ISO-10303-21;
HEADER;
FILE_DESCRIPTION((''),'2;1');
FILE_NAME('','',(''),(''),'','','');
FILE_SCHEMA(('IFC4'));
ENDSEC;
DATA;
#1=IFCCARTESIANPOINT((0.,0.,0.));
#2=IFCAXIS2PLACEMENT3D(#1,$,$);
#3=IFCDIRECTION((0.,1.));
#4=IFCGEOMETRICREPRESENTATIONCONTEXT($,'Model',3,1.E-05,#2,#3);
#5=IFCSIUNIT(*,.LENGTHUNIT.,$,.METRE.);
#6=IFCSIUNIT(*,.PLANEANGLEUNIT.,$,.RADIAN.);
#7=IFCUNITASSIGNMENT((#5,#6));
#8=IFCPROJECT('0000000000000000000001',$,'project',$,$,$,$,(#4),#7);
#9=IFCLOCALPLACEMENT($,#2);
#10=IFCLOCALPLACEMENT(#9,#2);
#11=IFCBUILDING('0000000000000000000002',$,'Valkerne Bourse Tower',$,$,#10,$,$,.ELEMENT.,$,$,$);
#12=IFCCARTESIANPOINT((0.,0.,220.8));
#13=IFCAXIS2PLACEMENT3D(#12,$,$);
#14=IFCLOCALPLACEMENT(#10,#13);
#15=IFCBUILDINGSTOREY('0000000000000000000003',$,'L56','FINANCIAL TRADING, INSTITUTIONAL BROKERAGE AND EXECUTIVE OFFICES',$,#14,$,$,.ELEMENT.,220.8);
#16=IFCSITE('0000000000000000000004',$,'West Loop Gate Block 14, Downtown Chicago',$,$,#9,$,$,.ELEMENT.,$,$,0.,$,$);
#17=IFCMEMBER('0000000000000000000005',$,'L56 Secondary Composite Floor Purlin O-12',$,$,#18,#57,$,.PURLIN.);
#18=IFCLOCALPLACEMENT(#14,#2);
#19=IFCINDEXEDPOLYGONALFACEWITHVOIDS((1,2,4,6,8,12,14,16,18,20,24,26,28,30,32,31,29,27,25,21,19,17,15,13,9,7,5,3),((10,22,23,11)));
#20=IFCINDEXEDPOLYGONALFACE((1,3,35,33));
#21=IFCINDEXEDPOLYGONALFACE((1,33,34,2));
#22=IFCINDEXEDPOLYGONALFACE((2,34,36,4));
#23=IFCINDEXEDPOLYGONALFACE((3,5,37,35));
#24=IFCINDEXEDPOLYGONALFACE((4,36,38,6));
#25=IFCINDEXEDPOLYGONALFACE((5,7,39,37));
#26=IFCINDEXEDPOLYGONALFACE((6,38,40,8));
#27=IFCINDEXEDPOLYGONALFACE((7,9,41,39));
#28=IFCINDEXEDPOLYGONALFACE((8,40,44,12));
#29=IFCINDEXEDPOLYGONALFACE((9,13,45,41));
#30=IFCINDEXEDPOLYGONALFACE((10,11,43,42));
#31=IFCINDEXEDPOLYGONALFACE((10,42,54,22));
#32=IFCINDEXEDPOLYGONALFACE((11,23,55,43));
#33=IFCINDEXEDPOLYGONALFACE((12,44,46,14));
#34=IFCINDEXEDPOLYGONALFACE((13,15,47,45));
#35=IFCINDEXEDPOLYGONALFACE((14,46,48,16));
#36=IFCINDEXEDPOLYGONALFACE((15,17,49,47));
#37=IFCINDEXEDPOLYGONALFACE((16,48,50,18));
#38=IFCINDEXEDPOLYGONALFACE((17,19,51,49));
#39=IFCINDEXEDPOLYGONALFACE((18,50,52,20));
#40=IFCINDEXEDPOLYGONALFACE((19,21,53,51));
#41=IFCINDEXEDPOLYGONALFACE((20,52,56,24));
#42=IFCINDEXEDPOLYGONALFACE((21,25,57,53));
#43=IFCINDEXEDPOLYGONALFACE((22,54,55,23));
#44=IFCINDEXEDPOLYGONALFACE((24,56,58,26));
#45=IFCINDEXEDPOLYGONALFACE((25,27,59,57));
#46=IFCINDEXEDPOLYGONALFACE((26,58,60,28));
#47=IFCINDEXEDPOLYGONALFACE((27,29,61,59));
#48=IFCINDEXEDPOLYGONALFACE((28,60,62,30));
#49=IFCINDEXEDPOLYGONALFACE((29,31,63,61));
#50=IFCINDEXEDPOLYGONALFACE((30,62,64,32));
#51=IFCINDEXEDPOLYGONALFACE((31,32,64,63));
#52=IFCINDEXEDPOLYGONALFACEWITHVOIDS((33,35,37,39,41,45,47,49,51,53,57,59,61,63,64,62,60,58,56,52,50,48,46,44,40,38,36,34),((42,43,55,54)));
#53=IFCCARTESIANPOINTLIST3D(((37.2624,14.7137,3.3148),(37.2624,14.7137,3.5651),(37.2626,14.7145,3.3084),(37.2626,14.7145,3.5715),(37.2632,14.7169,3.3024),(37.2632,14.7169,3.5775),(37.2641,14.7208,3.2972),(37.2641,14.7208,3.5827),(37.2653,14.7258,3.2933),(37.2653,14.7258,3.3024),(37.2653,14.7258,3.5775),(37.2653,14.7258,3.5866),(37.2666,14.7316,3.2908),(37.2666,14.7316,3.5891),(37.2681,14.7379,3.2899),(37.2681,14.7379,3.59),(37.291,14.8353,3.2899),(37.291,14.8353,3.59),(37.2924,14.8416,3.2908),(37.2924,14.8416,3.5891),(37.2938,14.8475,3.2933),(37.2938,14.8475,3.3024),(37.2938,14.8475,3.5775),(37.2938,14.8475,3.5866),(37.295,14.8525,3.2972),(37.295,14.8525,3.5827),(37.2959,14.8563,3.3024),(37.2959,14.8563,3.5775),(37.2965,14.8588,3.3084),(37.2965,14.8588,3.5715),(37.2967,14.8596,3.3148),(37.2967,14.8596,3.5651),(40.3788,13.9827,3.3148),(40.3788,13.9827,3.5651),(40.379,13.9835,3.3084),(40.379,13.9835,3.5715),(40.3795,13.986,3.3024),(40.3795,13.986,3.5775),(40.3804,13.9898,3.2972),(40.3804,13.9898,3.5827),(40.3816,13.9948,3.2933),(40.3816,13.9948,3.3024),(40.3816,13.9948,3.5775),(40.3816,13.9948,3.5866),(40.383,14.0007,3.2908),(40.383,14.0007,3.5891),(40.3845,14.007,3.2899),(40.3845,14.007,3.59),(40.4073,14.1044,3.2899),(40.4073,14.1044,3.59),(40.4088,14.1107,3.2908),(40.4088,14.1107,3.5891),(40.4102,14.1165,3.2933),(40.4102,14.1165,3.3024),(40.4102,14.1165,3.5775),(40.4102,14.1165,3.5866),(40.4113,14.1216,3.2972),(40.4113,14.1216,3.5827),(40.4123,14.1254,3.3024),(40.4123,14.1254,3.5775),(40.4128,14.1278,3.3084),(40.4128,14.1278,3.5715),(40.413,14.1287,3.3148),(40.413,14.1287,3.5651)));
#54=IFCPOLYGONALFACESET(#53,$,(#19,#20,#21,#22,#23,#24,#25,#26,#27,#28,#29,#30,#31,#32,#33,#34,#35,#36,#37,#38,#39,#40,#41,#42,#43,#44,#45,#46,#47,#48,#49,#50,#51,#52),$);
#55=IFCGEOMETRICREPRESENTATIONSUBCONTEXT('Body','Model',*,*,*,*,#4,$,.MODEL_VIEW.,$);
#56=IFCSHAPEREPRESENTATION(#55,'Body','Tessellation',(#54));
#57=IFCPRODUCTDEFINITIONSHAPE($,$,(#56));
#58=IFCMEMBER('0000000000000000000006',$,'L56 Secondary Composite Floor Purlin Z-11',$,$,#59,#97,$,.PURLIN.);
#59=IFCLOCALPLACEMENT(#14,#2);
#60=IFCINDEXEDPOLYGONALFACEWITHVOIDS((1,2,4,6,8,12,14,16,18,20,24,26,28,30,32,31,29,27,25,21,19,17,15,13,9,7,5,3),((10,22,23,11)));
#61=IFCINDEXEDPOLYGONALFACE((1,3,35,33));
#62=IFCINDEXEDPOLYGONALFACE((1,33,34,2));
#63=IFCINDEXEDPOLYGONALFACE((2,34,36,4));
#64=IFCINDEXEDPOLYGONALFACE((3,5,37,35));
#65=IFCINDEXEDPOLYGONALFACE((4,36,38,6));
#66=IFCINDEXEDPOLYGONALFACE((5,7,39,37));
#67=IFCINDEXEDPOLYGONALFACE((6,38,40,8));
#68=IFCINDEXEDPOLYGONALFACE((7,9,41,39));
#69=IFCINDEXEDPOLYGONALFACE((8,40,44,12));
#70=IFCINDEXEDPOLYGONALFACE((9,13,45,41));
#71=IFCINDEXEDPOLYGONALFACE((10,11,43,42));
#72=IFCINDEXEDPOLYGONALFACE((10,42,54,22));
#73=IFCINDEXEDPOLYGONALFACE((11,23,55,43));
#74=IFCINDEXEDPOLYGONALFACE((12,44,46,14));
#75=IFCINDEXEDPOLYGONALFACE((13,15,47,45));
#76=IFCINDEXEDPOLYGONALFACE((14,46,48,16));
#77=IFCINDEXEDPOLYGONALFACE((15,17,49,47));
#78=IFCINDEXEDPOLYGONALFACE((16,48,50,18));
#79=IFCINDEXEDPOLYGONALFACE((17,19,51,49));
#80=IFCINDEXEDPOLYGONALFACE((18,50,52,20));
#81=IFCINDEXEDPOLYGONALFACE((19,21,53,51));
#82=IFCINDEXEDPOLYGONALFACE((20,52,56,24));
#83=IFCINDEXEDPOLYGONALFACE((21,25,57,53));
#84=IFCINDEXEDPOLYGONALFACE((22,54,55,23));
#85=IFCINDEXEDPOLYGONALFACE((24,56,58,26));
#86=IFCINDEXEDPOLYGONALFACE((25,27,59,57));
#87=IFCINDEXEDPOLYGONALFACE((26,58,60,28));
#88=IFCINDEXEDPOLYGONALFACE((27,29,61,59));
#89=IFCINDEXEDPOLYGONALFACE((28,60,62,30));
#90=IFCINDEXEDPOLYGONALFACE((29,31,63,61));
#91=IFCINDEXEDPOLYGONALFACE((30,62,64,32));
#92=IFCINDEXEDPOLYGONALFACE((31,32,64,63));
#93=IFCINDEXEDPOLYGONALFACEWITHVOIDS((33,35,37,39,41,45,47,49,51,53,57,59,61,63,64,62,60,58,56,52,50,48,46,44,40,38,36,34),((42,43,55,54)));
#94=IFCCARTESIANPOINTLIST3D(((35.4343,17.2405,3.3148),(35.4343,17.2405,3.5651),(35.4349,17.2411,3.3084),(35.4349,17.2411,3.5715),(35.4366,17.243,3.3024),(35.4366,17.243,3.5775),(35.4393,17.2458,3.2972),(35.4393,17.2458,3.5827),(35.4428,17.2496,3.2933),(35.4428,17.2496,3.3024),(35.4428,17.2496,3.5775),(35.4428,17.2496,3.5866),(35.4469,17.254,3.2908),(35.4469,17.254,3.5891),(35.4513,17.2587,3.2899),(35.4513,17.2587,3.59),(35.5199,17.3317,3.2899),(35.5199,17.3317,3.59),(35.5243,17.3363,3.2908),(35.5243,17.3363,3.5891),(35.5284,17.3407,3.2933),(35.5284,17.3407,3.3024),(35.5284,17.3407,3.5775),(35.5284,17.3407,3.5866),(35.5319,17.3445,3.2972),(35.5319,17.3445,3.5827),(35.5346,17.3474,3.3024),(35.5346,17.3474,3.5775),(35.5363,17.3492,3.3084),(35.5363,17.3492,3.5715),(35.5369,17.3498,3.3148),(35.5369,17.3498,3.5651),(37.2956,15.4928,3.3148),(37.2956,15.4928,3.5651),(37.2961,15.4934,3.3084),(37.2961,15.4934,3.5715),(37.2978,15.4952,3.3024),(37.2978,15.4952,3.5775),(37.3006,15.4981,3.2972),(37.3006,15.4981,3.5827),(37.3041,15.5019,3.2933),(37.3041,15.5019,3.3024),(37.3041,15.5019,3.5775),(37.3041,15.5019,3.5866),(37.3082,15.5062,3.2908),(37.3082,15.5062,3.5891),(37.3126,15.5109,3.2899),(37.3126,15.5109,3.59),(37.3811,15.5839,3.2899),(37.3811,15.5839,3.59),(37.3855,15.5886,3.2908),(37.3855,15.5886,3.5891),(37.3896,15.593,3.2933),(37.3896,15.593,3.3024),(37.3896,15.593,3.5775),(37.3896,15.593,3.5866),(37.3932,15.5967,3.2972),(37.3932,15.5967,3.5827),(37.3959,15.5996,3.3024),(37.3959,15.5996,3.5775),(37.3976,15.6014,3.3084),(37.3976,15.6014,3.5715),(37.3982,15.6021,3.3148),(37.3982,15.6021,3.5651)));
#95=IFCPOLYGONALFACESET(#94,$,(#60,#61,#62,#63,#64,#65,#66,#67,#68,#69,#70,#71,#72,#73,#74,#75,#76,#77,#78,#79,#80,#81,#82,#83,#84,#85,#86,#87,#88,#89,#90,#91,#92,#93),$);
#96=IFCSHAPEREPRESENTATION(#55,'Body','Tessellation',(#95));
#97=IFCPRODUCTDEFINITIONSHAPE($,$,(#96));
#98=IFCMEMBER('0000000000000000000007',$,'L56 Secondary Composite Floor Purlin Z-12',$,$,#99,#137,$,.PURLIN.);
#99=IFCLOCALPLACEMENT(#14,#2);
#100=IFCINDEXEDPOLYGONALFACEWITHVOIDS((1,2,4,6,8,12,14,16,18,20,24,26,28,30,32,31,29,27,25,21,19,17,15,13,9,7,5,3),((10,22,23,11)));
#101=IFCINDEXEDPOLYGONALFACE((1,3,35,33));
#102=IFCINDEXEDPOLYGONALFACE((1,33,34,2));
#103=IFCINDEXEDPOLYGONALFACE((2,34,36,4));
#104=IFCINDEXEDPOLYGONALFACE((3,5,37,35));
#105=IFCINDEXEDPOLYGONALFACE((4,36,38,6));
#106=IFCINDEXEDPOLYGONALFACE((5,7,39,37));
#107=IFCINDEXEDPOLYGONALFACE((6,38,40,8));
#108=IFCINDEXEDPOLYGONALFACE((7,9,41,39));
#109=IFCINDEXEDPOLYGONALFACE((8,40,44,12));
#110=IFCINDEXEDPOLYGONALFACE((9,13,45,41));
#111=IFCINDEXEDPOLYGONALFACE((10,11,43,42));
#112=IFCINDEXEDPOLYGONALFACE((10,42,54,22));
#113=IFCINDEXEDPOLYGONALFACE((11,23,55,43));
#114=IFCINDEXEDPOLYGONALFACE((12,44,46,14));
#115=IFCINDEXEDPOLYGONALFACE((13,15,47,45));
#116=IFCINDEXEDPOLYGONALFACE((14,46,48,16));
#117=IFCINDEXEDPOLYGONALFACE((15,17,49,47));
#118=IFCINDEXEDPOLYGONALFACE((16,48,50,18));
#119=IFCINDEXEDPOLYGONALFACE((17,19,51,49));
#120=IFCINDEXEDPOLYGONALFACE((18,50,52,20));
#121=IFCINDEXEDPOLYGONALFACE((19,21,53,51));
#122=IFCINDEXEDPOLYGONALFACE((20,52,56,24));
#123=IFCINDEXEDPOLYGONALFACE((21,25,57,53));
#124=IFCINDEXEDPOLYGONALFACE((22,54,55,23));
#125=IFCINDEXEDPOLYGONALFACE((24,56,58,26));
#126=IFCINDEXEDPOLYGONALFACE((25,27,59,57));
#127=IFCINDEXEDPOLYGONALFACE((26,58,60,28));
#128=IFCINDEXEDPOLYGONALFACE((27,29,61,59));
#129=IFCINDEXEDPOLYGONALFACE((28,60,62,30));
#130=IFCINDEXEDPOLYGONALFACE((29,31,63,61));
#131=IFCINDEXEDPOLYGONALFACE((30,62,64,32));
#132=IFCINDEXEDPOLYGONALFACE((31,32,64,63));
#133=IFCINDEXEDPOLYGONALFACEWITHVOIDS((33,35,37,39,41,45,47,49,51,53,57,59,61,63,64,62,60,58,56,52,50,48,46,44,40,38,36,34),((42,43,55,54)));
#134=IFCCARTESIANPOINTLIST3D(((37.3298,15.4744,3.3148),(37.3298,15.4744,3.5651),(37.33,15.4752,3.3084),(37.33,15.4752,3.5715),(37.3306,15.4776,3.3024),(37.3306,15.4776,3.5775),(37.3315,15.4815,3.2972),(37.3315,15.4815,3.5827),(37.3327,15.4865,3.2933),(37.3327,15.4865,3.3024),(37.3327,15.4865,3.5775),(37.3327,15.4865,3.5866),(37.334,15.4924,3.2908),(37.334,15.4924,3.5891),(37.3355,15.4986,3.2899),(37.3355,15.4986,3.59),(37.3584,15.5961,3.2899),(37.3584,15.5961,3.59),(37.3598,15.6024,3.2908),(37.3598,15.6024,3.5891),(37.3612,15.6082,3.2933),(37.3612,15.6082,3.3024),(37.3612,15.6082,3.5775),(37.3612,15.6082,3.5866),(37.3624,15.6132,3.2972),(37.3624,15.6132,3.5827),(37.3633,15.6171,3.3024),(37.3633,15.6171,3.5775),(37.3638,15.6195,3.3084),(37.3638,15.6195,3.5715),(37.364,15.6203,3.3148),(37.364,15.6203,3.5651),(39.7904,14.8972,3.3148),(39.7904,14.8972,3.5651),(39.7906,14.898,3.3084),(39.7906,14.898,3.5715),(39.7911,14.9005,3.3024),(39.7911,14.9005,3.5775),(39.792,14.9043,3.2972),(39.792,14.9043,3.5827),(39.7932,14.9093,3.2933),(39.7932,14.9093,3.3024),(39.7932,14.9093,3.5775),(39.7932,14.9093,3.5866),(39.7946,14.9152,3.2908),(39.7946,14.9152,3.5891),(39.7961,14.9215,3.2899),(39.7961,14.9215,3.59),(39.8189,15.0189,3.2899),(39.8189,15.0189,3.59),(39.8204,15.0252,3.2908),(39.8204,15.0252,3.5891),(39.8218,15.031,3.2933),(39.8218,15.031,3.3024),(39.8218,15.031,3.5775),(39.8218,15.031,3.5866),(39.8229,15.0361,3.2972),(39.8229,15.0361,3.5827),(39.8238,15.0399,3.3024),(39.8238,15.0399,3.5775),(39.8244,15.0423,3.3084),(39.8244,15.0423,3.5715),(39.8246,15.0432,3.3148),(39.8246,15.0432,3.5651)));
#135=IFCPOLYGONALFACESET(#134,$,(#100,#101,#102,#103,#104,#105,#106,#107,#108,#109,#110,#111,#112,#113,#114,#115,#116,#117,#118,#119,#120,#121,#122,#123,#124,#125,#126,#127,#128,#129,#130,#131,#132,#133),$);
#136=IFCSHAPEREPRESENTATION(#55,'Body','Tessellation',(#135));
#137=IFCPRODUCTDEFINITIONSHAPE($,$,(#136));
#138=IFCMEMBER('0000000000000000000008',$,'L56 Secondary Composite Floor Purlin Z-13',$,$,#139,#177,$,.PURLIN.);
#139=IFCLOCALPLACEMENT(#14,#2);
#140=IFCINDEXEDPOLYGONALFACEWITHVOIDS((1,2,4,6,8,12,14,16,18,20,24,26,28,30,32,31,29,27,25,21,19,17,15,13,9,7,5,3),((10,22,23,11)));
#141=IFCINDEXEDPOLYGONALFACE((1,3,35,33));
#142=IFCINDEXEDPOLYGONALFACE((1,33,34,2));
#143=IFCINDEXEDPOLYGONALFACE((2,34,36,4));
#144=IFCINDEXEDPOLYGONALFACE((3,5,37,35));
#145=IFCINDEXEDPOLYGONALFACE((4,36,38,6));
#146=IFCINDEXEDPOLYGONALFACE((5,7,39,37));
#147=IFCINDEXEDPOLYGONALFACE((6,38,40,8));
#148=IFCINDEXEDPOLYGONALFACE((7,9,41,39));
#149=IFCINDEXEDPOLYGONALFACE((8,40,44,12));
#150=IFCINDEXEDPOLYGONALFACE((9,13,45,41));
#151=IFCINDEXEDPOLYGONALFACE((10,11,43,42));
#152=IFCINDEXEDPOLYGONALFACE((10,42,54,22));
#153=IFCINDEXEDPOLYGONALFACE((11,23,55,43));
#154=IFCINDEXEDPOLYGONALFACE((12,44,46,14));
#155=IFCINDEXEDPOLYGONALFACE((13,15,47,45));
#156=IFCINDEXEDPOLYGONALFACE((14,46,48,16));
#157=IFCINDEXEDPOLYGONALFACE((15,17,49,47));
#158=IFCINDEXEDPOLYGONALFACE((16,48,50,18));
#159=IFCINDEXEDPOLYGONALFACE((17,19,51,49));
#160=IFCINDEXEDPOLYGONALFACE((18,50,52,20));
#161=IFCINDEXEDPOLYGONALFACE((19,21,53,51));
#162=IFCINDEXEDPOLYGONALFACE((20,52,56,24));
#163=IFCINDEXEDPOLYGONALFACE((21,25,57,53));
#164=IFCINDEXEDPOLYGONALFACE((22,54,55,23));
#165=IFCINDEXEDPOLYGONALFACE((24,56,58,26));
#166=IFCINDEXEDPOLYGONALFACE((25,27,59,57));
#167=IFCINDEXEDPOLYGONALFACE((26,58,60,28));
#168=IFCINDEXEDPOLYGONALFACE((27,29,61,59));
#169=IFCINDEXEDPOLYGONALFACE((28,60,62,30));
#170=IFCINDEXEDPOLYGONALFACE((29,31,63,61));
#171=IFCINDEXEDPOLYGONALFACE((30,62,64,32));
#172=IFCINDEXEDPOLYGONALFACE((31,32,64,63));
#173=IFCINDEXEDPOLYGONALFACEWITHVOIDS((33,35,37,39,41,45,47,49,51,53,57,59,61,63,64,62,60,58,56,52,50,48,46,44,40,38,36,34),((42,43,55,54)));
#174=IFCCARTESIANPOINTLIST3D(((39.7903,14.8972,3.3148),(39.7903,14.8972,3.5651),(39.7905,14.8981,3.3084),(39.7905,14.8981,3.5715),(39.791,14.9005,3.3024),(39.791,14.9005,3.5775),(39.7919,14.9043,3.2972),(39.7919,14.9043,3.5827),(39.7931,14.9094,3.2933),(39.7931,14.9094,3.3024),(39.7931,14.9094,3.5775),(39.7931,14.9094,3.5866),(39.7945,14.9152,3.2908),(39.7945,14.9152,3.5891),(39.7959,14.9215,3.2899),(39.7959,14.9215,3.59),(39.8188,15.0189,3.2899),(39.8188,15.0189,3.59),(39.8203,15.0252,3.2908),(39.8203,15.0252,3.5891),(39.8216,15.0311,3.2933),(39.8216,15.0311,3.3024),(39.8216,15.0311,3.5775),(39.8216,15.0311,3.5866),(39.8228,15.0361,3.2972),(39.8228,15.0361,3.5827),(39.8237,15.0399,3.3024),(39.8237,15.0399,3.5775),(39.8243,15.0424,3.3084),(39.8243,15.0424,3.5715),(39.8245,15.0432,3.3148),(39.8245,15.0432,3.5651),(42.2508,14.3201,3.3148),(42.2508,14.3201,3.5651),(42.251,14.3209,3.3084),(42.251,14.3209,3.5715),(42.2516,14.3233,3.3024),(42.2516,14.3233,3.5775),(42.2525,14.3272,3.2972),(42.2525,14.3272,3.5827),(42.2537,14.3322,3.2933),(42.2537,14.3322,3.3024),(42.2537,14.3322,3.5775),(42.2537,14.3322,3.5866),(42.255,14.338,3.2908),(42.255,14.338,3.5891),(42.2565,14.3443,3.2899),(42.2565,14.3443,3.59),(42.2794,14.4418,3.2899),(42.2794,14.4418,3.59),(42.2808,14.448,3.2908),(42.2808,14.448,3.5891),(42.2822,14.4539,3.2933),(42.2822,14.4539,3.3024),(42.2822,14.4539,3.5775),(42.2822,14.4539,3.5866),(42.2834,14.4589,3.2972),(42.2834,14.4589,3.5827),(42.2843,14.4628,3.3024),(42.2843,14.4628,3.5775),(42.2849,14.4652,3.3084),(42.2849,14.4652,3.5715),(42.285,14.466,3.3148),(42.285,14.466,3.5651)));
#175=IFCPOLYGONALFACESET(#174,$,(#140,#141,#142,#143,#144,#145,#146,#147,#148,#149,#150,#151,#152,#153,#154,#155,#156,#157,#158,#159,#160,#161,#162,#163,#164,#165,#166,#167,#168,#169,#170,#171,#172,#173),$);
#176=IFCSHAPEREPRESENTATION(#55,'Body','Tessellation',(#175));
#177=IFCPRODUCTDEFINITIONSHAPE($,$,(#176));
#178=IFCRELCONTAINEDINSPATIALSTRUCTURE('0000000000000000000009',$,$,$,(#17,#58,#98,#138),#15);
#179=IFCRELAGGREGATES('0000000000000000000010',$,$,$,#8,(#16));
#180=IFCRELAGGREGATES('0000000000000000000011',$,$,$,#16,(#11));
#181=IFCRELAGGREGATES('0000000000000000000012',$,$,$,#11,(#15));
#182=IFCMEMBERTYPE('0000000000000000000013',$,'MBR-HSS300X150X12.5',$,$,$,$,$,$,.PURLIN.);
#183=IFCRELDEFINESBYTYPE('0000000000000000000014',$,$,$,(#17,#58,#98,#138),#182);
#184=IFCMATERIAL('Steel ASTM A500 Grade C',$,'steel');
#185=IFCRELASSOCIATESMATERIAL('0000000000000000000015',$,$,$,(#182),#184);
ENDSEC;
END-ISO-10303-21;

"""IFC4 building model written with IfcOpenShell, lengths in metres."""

from ifc_helpers import new_model, si_unit, direction, frame, origin, origin_2d, place, context, subcontext, project, spatial, hollow_rectangle, extrude, material, material_profile, profile_set, type_object, element, save


model = new_model("IFC4")

# Units and contexts
model_context = context("Model", 3, precision=1e-05, world=origin(), true_north=direction((0.0, 1.0)))
body_context = subcontext(model_context, "Body", "Model", "MODEL_VIEW")
ifc_project = project(units=[si_unit("LENGTHUNIT", "METRE"), si_unit("PLANEANGLEUNIT", "RADIAN")], contexts=[model_context])

# Site, building, storey
site_placement = place(None, origin())
site = spatial("IfcSite", under=ifc_project, at=site_placement, Name="West Loop Gate Block 14, Downtown Chicago", CompositionType="ELEMENT", RefElevation=0.0)
building_placement = place(site_placement, origin())
building = spatial("IfcBuilding", under=site, at=building_placement, Name="Valkerne Bourse Tower", CompositionType="ELEMENT")
storey_placement = place(building_placement, frame((0.0, 0.0, 220.8)))
storey = spatial("IfcBuildingStorey", under=building, at=storey_placement, Name="L56", Description="FINANCIAL TRADING, INSTITUTIONAL BROKERAGE AND EXECUTIVE OFFICES", CompositionType="ELEMENT", Elevation=220.8)

# Members
ifc_material_1 = material(Name="Steel ASTM A500 Grade C", Category="steel")
ifc_material_profile_1 = material_profile(ifc_material_1, hollow_rectangle(XDim=0.1499, YDim=0.3, WallThickness=0.0125, OuterFilletRadius=0.0249, at=origin_2d()), Name="HSS300X150X12.5")
ifc_profile_set_1 = profile_set([ifc_material_profile_1], Name="Steel ASTM A500 Grade C")
member_type_1 = type_object("IfcMemberType", Name="MBR-HSS300X150X12.5", PredefinedType="PURLIN", material=ifc_profile_set_1)
member_1_placement = place(storey_placement, frame((37.2795, 14.7866, 3.4399), z_axis=(0.973579, -0.228351, 0.0), x_axis=(0.228351, 0.973579, 0.0)))
element("IfcMember", 1, at=member_1_placement, inside=storey, type_object=member_type_1, Name="L56 Secondary Composite Floor Purlin O-12", PredefinedType="PURLIN", context=body_context, shape_type="SweptSolid", body=[
    extrude(hollow_rectangle(XDim=0.1499, YDim=0.3, WallThickness=0.0125, OuterFilletRadius=0.0249, at=origin_2d()), origin(), (0.0, 0.0, 1.0), 3.2009),
])
member_2_placement = place(storey_placement, frame((35.4856, 17.2952, 3.4399), z_axis=(0.728988, -0.684526, 0.0), x_axis=(0.684526, 0.728988, 0.0)))
element("IfcMember", 2, at=member_2_placement, inside=storey, type_object=member_type_1, Name="L56 Secondary Composite Floor Purlin Z-11", PredefinedType="PURLIN", context=body_context, shape_type="SweptSolid", body=[
    extrude(hollow_rectangle(XDim=0.1499, YDim=0.3, WallThickness=0.0125, OuterFilletRadius=0.0249, at=origin_2d()), origin(), (0.0, 0.0, 1.0), 2.5532),
])
for number, where, z_axis, x_axis, name in (
    (3, (37.3469, 15.5474, 3.4399), (0.973574, -0.228372, 0.0), (0.228372, 0.973574, 0.0), "L56 Secondary Composite Floor Purlin Z-12"),
    (4, (39.8074, 14.9702, 3.4399), (0.973574, -0.228372, 0.0), (0.228372, 0.973574, 0.0), "L56 Secondary Composite Floor Purlin Z-13"),
):
    element("IfcMember", number, at=place(storey_placement, frame(where, z_axis=z_axis, x_axis=x_axis)), inside=storey, type_object=member_type_1, Name=name, PredefinedType="PURLIN", context=body_context, shape_type="SweptSolid", body=[
        extrude(hollow_rectangle(XDim=0.1499, YDim=0.3, WallThickness=0.0125, OuterFilletRadius=0.0249, at=origin_2d()), origin(), (0.0, 0.0, 1.0), 2.5273),
    ])

save(model, "model.ifc")
